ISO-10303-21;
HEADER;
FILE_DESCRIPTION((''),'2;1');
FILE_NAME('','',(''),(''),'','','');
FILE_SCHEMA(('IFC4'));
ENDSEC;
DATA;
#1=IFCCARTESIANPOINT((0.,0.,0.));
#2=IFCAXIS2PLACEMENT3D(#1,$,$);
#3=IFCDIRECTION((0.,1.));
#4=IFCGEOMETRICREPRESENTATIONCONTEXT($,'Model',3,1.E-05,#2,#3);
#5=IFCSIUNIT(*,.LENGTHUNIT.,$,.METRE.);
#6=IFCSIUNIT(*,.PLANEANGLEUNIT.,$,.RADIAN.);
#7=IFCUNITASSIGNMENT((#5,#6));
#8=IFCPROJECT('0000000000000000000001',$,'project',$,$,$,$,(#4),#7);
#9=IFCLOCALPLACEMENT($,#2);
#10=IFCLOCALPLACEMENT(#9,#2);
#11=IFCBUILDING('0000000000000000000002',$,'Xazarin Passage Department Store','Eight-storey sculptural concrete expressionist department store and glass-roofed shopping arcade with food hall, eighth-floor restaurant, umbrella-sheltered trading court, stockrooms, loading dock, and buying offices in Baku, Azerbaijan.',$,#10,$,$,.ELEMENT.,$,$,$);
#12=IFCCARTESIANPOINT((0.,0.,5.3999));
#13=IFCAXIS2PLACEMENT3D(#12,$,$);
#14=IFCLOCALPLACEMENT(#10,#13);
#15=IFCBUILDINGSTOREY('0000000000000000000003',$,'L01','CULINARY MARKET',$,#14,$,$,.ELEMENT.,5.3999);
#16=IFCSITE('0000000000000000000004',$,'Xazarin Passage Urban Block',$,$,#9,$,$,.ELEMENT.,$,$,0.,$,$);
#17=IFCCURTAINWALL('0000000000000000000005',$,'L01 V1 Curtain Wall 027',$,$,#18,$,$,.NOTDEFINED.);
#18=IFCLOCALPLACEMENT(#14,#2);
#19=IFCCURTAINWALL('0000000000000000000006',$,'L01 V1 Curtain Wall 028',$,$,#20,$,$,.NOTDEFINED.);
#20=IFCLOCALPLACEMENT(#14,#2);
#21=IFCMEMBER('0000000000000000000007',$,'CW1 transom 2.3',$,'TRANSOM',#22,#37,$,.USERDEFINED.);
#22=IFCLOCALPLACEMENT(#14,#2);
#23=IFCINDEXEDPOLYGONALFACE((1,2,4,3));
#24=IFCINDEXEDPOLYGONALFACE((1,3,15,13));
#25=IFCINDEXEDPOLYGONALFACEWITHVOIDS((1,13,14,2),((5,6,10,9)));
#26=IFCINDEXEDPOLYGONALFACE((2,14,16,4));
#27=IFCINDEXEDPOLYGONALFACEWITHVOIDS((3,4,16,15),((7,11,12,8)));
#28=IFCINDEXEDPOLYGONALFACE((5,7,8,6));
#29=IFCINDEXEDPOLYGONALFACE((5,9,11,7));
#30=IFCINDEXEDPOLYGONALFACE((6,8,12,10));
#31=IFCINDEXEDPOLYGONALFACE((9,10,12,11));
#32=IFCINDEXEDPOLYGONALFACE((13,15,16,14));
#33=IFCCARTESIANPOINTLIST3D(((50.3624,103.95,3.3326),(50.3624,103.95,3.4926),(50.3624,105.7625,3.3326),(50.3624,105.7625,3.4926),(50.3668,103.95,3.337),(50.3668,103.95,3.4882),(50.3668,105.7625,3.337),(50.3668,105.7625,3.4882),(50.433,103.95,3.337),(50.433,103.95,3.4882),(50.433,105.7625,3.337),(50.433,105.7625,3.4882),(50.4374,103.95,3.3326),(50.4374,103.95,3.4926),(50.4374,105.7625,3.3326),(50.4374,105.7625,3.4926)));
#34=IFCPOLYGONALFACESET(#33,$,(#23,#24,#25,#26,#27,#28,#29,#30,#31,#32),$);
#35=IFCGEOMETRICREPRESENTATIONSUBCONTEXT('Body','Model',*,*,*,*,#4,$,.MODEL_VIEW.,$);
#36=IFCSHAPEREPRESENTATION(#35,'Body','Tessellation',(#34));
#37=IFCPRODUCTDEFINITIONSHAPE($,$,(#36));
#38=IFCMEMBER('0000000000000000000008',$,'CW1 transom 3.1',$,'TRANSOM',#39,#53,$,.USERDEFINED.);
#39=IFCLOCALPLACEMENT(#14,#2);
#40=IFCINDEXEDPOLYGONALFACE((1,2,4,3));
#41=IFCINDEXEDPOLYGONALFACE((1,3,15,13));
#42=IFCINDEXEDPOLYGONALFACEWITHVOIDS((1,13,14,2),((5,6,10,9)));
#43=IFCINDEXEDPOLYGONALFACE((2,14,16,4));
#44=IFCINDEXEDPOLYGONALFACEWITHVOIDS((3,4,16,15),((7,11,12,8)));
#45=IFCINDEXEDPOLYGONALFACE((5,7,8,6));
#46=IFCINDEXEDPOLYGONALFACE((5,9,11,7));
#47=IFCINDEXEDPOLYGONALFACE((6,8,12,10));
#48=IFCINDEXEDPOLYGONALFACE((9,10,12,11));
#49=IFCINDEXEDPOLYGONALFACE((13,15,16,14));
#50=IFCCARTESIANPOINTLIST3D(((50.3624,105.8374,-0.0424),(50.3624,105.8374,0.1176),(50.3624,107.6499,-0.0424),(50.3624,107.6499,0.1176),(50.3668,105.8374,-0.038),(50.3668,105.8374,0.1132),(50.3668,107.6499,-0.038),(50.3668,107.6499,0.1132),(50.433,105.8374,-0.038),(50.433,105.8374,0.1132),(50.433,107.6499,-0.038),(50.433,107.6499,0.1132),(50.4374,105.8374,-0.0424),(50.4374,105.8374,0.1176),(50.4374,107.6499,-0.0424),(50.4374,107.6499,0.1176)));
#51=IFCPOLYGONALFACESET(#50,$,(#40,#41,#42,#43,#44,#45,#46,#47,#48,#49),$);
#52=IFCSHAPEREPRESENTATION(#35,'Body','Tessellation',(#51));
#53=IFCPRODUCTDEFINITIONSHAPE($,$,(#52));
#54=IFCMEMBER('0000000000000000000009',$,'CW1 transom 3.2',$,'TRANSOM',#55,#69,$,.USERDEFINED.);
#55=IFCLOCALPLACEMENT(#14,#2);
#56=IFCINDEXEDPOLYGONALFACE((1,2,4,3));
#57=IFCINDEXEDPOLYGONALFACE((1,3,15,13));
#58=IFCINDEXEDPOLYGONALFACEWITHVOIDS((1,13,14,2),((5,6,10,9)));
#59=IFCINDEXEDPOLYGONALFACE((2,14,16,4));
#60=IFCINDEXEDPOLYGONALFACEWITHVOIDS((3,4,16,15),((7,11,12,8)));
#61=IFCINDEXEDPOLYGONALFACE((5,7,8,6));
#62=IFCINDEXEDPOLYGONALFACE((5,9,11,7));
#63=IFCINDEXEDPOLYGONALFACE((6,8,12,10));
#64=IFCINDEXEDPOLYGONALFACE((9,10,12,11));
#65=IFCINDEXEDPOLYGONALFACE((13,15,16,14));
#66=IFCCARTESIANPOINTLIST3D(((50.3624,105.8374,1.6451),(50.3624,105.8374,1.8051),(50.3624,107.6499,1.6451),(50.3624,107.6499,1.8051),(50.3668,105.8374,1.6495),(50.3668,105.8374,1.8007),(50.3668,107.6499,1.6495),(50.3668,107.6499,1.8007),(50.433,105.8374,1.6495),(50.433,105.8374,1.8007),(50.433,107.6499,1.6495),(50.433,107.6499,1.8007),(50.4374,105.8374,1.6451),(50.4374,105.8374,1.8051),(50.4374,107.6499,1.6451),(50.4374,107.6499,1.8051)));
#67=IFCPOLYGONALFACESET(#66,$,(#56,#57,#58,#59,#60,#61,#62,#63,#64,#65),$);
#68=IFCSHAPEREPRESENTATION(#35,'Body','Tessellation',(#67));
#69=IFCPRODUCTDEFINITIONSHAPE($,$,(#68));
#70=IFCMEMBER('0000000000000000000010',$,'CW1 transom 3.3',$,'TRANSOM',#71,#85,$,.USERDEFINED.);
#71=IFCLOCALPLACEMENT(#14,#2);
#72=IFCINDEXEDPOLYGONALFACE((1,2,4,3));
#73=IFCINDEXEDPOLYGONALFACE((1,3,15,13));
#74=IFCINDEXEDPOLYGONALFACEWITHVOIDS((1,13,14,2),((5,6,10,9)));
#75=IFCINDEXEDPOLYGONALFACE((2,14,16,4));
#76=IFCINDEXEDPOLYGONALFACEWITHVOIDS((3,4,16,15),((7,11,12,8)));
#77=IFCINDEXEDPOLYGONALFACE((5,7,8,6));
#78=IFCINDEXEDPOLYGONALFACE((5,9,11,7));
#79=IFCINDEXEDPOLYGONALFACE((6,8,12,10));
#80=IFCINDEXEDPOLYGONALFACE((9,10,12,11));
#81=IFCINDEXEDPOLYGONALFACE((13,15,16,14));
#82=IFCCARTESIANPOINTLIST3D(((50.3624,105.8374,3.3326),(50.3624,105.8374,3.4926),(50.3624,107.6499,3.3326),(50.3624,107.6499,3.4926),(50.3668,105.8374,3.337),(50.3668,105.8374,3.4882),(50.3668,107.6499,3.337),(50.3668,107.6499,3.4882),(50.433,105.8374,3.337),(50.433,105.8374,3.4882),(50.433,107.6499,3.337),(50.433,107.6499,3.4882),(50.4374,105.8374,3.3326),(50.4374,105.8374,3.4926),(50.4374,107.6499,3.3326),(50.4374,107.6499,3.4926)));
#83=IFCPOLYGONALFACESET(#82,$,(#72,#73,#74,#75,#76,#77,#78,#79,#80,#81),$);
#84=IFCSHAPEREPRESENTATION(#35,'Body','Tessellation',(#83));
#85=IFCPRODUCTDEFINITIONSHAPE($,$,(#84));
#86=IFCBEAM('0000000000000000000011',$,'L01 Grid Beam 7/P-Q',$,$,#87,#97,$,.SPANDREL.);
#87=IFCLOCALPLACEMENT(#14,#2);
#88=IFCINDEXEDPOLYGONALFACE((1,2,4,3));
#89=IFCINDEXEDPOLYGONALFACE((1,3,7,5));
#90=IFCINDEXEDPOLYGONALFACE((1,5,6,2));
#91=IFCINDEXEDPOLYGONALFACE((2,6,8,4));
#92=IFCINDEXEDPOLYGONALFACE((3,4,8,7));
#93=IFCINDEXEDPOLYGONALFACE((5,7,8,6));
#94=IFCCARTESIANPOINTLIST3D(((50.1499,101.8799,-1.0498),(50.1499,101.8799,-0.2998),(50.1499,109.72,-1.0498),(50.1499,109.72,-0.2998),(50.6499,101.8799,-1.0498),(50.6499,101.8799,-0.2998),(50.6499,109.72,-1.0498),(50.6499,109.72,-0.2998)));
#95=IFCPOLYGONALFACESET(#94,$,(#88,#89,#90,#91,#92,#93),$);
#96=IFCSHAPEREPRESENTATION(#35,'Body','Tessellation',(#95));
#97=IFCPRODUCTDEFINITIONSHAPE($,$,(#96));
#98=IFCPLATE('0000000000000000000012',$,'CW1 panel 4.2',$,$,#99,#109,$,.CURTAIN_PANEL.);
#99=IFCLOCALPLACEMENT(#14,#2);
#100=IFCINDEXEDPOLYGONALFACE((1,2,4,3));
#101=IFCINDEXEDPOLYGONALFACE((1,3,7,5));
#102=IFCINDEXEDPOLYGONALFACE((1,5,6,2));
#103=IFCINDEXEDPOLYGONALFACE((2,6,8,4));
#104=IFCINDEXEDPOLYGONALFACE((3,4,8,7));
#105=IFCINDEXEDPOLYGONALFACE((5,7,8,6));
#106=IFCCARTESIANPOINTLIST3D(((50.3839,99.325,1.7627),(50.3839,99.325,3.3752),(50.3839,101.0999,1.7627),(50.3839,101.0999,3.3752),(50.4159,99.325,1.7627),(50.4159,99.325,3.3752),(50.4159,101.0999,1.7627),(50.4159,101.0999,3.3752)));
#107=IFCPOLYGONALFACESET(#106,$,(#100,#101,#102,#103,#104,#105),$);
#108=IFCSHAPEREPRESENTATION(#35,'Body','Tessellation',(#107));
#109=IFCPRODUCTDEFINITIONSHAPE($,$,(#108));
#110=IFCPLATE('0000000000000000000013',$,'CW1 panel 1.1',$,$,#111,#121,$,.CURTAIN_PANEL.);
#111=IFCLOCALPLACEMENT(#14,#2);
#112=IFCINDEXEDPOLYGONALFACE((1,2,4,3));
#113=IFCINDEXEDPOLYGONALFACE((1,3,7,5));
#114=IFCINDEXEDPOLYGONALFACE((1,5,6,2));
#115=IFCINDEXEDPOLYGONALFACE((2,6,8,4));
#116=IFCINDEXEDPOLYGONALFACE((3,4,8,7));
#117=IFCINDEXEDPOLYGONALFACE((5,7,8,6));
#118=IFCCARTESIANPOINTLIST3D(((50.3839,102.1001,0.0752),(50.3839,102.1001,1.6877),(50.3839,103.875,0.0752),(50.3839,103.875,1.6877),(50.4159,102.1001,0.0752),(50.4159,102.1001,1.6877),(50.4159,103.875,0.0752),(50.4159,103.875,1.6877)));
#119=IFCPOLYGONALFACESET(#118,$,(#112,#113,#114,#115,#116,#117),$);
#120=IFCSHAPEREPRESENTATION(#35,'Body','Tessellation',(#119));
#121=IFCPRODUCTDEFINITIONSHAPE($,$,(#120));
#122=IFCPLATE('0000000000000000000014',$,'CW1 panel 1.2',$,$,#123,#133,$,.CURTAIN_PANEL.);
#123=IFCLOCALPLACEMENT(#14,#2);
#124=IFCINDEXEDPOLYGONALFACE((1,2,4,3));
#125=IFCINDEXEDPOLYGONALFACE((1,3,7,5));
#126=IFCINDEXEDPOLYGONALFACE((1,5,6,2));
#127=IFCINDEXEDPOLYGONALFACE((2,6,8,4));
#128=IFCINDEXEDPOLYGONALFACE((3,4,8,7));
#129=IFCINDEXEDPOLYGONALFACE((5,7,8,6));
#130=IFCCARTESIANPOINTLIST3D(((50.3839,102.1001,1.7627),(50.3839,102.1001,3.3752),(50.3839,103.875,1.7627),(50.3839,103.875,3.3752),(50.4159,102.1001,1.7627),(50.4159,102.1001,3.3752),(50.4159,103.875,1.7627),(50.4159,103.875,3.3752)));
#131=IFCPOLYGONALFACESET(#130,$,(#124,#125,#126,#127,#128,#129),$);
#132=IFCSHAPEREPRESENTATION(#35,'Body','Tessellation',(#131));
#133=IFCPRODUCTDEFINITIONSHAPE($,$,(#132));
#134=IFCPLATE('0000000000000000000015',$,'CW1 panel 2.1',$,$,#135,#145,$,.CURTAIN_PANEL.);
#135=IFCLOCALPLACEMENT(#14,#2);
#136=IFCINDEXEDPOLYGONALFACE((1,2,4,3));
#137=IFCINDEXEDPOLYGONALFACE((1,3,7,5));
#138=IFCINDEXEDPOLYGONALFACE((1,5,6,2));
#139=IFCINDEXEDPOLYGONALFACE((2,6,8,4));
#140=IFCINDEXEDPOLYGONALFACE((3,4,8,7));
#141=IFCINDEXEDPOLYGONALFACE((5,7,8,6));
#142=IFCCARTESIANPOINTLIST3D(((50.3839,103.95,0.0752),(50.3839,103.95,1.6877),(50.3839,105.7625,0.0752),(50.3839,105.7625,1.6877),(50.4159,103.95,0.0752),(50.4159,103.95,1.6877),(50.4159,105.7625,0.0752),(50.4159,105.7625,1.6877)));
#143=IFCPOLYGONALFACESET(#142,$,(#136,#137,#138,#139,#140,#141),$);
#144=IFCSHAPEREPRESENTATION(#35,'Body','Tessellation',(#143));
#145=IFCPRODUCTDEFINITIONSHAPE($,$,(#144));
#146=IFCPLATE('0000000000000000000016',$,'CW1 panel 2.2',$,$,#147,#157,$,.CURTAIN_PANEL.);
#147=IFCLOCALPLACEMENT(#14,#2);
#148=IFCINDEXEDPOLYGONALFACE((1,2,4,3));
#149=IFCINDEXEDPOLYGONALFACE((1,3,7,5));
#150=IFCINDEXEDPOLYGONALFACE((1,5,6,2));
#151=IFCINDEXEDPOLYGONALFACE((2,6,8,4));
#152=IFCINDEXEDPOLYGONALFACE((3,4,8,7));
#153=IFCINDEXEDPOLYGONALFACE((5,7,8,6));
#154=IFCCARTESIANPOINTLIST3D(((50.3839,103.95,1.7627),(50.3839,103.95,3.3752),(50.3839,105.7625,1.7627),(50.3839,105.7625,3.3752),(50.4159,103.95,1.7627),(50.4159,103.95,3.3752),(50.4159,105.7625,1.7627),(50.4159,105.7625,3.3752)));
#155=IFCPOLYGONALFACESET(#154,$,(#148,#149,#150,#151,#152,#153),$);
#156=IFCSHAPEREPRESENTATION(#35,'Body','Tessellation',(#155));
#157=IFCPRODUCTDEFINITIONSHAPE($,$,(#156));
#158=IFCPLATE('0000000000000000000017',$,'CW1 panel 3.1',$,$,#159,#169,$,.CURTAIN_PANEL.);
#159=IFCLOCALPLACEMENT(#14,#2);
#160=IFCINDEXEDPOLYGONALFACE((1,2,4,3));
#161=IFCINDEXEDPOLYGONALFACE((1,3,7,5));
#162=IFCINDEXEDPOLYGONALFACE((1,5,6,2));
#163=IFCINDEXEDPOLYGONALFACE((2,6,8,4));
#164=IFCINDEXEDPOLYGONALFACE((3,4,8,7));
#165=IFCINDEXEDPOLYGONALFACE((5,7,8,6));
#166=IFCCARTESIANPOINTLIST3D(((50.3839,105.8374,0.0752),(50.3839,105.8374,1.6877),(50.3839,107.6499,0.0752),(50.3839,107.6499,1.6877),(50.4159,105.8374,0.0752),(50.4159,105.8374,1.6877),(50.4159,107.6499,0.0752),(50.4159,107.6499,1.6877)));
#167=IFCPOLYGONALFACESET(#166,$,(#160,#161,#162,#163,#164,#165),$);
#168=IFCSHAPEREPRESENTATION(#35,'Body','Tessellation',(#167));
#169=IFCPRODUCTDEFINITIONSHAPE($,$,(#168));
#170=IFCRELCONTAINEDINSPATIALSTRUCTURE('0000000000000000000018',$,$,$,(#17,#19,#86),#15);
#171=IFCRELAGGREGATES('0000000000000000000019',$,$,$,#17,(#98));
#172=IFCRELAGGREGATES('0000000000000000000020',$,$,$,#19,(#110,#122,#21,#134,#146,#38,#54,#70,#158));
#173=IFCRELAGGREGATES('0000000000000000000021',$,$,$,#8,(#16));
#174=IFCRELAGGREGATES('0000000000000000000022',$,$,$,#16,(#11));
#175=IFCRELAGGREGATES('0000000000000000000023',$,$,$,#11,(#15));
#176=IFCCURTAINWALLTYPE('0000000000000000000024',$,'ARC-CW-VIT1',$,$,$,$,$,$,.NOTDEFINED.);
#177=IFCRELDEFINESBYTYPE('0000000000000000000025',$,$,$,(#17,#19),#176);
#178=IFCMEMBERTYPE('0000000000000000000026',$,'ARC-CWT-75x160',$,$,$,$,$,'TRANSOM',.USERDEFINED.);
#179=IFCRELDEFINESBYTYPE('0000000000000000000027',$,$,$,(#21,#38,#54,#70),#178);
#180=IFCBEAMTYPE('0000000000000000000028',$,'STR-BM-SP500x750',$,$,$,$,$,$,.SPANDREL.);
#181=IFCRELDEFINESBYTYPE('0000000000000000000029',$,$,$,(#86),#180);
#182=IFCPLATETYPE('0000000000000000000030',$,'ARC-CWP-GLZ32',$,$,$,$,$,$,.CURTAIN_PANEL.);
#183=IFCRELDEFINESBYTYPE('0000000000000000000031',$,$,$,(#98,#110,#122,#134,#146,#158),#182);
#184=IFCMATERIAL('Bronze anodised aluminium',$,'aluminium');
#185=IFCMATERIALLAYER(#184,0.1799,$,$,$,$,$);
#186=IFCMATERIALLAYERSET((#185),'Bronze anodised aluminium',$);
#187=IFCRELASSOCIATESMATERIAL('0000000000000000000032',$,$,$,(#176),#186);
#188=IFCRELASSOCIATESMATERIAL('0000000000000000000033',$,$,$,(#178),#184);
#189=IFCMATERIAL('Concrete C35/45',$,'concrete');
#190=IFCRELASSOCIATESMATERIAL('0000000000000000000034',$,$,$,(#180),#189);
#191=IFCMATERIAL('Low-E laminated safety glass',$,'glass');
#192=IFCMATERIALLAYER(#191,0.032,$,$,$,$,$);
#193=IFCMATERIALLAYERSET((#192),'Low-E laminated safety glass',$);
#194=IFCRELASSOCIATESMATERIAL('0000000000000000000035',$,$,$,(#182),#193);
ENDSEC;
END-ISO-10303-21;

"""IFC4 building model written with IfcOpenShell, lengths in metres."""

from ifc_helpers import new_model, si_unit, direction, frame, origin, origin_2d, place, context, subcontext, project, spatial, rectangle, hollow_rectangle, extrude, material, layer, layer_set, material_profile, profile_set, type_object, element, aggregate, save


model = new_model("IFC4")

# Units and contexts
model_context = context("Model", 3, precision=1e-05, world=origin(), true_north=direction((0.0, 1.0)))
body_context = subcontext(model_context, "Body", "Model", "MODEL_VIEW")
ifc_project = project(units=[si_unit("LENGTHUNIT", "METRE"), si_unit("PLANEANGLEUNIT", "RADIAN")], contexts=[model_context])

# Site, building, storey
site_placement = place(None, origin())
site = spatial("IfcSite", under=ifc_project, at=site_placement, Name="Xazarin Passage Urban Block", CompositionType="ELEMENT", RefElevation=0.0)
building_placement = place(site_placement, origin())
building = spatial("IfcBuilding", under=site, at=building_placement, Name="Xazarin Passage Department Store", Description="Eight-storey sculptural concrete expressionist department store and glass-roofed shopping arcade with food hall, eighth-floor restaurant, umbrella-sheltered trading court, stockrooms, loading dock, and buying offices in Baku, Azerbaijan.", CompositionType="ELEMENT")
storey_placement = place(building_placement, frame((0.0, 0.0, 5.3999)))
storey = spatial("IfcBuildingStorey", under=building, at=storey_placement, Name="L01", Description="CULINARY MARKET", CompositionType="ELEMENT", Elevation=5.3999)

# Curtain wall
ifc_material_1 = material(Name="Bronze anodised aluminium", Category="aluminium")
ifc_layer_1 = layer(ifc_material_1, 0.1799)
ifc_layer_set_1 = layer_set([ifc_layer_1], Name="Bronze anodised aluminium")
curtain_wall_type = type_object("IfcCurtainWallType", Name="ARC-CW-VIT1", PredefinedType="NOTDEFINED", material=ifc_layer_set_1)
curtain_wall_1_placement = place(storey_placement, origin())
curtain_wall_1 = element("IfcCurtainWall", 1, at=curtain_wall_1_placement, inside=storey, type_object=curtain_wall_type, Name="L01 V1 Curtain Wall 027", PredefinedType="NOTDEFINED")

# Curtain wall, members
curtain_wall_2_placement = place(storey_placement, origin())
curtain_wall_2 = element("IfcCurtainWall", 2, at=curtain_wall_2_placement, inside=storey, type_object=curtain_wall_type, Name="L01 V1 Curtain Wall 028", PredefinedType="NOTDEFINED")
ifc_material_profile_1 = material_profile(ifc_material_1, hollow_rectangle(XDim=0.075, YDim=0.1599, WallThickness=0.0044, at=origin_2d()), Name="ALU 75x160")
ifc_profile_set_1 = profile_set([ifc_material_profile_1], Name="Bronze anodised aluminium")
member_type_1 = type_object("IfcMemberType", Name="ARC-CWT-75x160", ElementType="TRANSOM", PredefinedType="USERDEFINED", material=ifc_profile_set_1)
member_1_placement = place(storey_placement, frame((50.3999, 103.95, 3.4126), z_axis=(0.0, 1.0, 0.0), x_axis=(-1.0, 0.0, 0.0)))
member_1 = element("IfcMember", 3, at=member_1_placement, type_object=member_type_1, Name="CW1 transom 2.3", ObjectType="TRANSOM", PredefinedType="USERDEFINED", context=body_context, shape_type="SweptSolid", body=[
    extrude(hollow_rectangle(XDim=0.075, YDim=0.1599, WallThickness=0.0044, at=origin_2d()), origin(), (0.0, 0.0, 1.0), 1.8125),
])
member_2_placement = place(storey_placement, frame((50.3999, 105.8374, 0.0376), z_axis=(0.0, 1.0, 0.0), x_axis=(-1.0, 0.0, 0.0)))
member_2 = element("IfcMember", 4, at=member_2_placement, type_object=member_type_1, Name="CW1 transom 3.1", ObjectType="TRANSOM", PredefinedType="USERDEFINED", context=body_context, shape_type="SweptSolid", body=[
    extrude(hollow_rectangle(XDim=0.075, YDim=0.1599, WallThickness=0.0044, at=origin_2d()), origin(), (0.0, 0.0, 1.0), 1.8125),
])
member_3_placement = place(storey_placement, frame((50.3999, 105.8374, 1.7251), z_axis=(0.0, 1.0, 0.0), x_axis=(-1.0, 0.0, 0.0)))
member_3 = element("IfcMember", 5, at=member_3_placement, type_object=member_type_1, Name="CW1 transom 3.2", ObjectType="TRANSOM", PredefinedType="USERDEFINED", context=body_context, shape_type="SweptSolid", body=[
    extrude(hollow_rectangle(XDim=0.075, YDim=0.1599, WallThickness=0.0044, at=origin_2d()), origin(), (0.0, 0.0, 1.0), 1.8125),
])
member_4_placement = place(storey_placement, frame((50.3999, 105.8374, 3.4126), z_axis=(0.0, 1.0, 0.0), x_axis=(-1.0, 0.0, 0.0)))
member_4 = element("IfcMember", 6, at=member_4_placement, type_object=member_type_1, Name="CW1 transom 3.3", ObjectType="TRANSOM", PredefinedType="USERDEFINED", context=body_context, shape_type="SweptSolid", body=[
    extrude(hollow_rectangle(XDim=0.075, YDim=0.1599, WallThickness=0.0044, at=origin_2d()), origin(), (0.0, 0.0, 1.0), 1.8125),
])

# Beam
ifc_material_2 = material(Name="Concrete C35/45", Category="concrete")
ifc_material_profile_2 = material_profile(ifc_material_2, rectangle(XDim=0.5, YDim=0.75, at=origin_2d()), Name="RC 500x750")
ifc_profile_set_2 = profile_set([ifc_material_profile_2], Name="Concrete C35/45")
beam_type = type_object("IfcBeamType", Name="STR-BM-SP500x750", PredefinedType="SPANDREL", material=ifc_profile_set_2)
beam_placement = place(storey_placement, frame((50.3999, 101.8799, -0.6748), z_axis=(0.0, 1.0, 0.0), x_axis=(-1.0, 0.0, 0.0)))
element("IfcBeam", 7, at=beam_placement, inside=storey, type_object=beam_type, Name="L01 Grid Beam 7/P-Q", PredefinedType="SPANDREL", context=body_context, shape_type="SweptSolid", body=[
    extrude(rectangle(XDim=0.5, YDim=0.75, at=origin_2d()), origin(), (0.0, 0.0, 1.0), 7.8401),
])

# Plates
ifc_material_3 = material(Name="Low-E laminated safety glass", Category="glass")
ifc_layer_2 = layer(ifc_material_3, 0.032)
ifc_layer_set_2 = layer_set([ifc_layer_2], Name="Low-E laminated safety glass")
plate_type = type_object("IfcPlateType", Name="ARC-CWP-GLZ32", PredefinedType="CURTAIN_PANEL", material=ifc_layer_set_2)
plate_1_placement = place(storey_placement, frame((50.3999, 100.2124, 1.7627), z_axis=(0.0, 0.0, 1.0), x_axis=(0.0, 1.0, 0.0)))
plate_1 = element("IfcPlate", 8, at=plate_1_placement, type_object=plate_type, Name="CW1 panel 4.2", PredefinedType="CURTAIN_PANEL", context=body_context, shape_type="SweptSolid", body=[
    extrude(rectangle(XDim=1.7749, YDim=0.032, at=origin_2d()), origin(), (0.0, 0.0, 1.0), 1.6125),
])
aggregate(curtain_wall_1, [plate_1])
plate_2_placement = place(storey_placement, frame((50.3999, 102.9875, 0.0752), z_axis=(0.0, 0.0, 1.0), x_axis=(0.0, 1.0, 0.0)))
plate_2 = element("IfcPlate", 9, at=plate_2_placement, type_object=plate_type, Name="CW1 panel 1.1", PredefinedType="CURTAIN_PANEL", context=body_context, shape_type="SweptSolid", body=[
    extrude(rectangle(XDim=1.7749, YDim=0.032, at=origin_2d()), origin(), (0.0, 0.0, 1.0), 1.6125),
])
plate_3_placement = place(storey_placement, frame((50.3999, 102.9875, 1.7627), z_axis=(0.0, 0.0, 1.0), x_axis=(0.0, 1.0, 0.0)))
plate_3 = element("IfcPlate", 10, at=plate_3_placement, type_object=plate_type, Name="CW1 panel 1.2", PredefinedType="CURTAIN_PANEL", context=body_context, shape_type="SweptSolid", body=[
    extrude(rectangle(XDim=1.7749, YDim=0.032, at=origin_2d()), origin(), (0.0, 0.0, 1.0), 1.6125),
])
plate_4_placement = place(storey_placement, frame((50.3999, 104.8562, 0.0752), z_axis=(0.0, 0.0, 1.0), x_axis=(0.0, 1.0, 0.0)))
plate_4 = element("IfcPlate", 11, at=plate_4_placement, type_object=plate_type, Name="CW1 panel 2.1", PredefinedType="CURTAIN_PANEL", context=body_context, shape_type="SweptSolid", body=[
    extrude(rectangle(XDim=1.8125, YDim=0.032, at=origin_2d()), origin(), (0.0, 0.0, 1.0), 1.6125),
])
plate_5_placement = place(storey_placement, frame((50.3999, 104.8562, 1.7627), z_axis=(0.0, 0.0, 1.0), x_axis=(0.0, 1.0, 0.0)))
plate_5 = element("IfcPlate", 12, at=plate_5_placement, type_object=plate_type, Name="CW1 panel 2.2", PredefinedType="CURTAIN_PANEL", context=body_context, shape_type="SweptSolid", body=[
    extrude(rectangle(XDim=1.8125, YDim=0.032, at=origin_2d()), origin(), (0.0, 0.0, 1.0), 1.6125),
])
plate_6_placement = place(storey_placement, frame((50.3999, 106.7437, 0.0752), z_axis=(0.0, 0.0, 1.0), x_axis=(0.0, 1.0, 0.0)))
plate_6 = element("IfcPlate", 13, at=plate_6_placement, type_object=plate_type, Name="CW1 panel 3.1", PredefinedType="CURTAIN_PANEL", context=body_context, shape_type="SweptSolid", body=[
    extrude(rectangle(XDim=1.8125, YDim=0.032, at=origin_2d()), origin(), (0.0, 0.0, 1.0), 1.6125),
])
aggregate(curtain_wall_2, [plate_2, plate_3, member_1, plate_4, plate_5, member_2, member_3, member_4, plate_6])

save(model, "model.ifc")
